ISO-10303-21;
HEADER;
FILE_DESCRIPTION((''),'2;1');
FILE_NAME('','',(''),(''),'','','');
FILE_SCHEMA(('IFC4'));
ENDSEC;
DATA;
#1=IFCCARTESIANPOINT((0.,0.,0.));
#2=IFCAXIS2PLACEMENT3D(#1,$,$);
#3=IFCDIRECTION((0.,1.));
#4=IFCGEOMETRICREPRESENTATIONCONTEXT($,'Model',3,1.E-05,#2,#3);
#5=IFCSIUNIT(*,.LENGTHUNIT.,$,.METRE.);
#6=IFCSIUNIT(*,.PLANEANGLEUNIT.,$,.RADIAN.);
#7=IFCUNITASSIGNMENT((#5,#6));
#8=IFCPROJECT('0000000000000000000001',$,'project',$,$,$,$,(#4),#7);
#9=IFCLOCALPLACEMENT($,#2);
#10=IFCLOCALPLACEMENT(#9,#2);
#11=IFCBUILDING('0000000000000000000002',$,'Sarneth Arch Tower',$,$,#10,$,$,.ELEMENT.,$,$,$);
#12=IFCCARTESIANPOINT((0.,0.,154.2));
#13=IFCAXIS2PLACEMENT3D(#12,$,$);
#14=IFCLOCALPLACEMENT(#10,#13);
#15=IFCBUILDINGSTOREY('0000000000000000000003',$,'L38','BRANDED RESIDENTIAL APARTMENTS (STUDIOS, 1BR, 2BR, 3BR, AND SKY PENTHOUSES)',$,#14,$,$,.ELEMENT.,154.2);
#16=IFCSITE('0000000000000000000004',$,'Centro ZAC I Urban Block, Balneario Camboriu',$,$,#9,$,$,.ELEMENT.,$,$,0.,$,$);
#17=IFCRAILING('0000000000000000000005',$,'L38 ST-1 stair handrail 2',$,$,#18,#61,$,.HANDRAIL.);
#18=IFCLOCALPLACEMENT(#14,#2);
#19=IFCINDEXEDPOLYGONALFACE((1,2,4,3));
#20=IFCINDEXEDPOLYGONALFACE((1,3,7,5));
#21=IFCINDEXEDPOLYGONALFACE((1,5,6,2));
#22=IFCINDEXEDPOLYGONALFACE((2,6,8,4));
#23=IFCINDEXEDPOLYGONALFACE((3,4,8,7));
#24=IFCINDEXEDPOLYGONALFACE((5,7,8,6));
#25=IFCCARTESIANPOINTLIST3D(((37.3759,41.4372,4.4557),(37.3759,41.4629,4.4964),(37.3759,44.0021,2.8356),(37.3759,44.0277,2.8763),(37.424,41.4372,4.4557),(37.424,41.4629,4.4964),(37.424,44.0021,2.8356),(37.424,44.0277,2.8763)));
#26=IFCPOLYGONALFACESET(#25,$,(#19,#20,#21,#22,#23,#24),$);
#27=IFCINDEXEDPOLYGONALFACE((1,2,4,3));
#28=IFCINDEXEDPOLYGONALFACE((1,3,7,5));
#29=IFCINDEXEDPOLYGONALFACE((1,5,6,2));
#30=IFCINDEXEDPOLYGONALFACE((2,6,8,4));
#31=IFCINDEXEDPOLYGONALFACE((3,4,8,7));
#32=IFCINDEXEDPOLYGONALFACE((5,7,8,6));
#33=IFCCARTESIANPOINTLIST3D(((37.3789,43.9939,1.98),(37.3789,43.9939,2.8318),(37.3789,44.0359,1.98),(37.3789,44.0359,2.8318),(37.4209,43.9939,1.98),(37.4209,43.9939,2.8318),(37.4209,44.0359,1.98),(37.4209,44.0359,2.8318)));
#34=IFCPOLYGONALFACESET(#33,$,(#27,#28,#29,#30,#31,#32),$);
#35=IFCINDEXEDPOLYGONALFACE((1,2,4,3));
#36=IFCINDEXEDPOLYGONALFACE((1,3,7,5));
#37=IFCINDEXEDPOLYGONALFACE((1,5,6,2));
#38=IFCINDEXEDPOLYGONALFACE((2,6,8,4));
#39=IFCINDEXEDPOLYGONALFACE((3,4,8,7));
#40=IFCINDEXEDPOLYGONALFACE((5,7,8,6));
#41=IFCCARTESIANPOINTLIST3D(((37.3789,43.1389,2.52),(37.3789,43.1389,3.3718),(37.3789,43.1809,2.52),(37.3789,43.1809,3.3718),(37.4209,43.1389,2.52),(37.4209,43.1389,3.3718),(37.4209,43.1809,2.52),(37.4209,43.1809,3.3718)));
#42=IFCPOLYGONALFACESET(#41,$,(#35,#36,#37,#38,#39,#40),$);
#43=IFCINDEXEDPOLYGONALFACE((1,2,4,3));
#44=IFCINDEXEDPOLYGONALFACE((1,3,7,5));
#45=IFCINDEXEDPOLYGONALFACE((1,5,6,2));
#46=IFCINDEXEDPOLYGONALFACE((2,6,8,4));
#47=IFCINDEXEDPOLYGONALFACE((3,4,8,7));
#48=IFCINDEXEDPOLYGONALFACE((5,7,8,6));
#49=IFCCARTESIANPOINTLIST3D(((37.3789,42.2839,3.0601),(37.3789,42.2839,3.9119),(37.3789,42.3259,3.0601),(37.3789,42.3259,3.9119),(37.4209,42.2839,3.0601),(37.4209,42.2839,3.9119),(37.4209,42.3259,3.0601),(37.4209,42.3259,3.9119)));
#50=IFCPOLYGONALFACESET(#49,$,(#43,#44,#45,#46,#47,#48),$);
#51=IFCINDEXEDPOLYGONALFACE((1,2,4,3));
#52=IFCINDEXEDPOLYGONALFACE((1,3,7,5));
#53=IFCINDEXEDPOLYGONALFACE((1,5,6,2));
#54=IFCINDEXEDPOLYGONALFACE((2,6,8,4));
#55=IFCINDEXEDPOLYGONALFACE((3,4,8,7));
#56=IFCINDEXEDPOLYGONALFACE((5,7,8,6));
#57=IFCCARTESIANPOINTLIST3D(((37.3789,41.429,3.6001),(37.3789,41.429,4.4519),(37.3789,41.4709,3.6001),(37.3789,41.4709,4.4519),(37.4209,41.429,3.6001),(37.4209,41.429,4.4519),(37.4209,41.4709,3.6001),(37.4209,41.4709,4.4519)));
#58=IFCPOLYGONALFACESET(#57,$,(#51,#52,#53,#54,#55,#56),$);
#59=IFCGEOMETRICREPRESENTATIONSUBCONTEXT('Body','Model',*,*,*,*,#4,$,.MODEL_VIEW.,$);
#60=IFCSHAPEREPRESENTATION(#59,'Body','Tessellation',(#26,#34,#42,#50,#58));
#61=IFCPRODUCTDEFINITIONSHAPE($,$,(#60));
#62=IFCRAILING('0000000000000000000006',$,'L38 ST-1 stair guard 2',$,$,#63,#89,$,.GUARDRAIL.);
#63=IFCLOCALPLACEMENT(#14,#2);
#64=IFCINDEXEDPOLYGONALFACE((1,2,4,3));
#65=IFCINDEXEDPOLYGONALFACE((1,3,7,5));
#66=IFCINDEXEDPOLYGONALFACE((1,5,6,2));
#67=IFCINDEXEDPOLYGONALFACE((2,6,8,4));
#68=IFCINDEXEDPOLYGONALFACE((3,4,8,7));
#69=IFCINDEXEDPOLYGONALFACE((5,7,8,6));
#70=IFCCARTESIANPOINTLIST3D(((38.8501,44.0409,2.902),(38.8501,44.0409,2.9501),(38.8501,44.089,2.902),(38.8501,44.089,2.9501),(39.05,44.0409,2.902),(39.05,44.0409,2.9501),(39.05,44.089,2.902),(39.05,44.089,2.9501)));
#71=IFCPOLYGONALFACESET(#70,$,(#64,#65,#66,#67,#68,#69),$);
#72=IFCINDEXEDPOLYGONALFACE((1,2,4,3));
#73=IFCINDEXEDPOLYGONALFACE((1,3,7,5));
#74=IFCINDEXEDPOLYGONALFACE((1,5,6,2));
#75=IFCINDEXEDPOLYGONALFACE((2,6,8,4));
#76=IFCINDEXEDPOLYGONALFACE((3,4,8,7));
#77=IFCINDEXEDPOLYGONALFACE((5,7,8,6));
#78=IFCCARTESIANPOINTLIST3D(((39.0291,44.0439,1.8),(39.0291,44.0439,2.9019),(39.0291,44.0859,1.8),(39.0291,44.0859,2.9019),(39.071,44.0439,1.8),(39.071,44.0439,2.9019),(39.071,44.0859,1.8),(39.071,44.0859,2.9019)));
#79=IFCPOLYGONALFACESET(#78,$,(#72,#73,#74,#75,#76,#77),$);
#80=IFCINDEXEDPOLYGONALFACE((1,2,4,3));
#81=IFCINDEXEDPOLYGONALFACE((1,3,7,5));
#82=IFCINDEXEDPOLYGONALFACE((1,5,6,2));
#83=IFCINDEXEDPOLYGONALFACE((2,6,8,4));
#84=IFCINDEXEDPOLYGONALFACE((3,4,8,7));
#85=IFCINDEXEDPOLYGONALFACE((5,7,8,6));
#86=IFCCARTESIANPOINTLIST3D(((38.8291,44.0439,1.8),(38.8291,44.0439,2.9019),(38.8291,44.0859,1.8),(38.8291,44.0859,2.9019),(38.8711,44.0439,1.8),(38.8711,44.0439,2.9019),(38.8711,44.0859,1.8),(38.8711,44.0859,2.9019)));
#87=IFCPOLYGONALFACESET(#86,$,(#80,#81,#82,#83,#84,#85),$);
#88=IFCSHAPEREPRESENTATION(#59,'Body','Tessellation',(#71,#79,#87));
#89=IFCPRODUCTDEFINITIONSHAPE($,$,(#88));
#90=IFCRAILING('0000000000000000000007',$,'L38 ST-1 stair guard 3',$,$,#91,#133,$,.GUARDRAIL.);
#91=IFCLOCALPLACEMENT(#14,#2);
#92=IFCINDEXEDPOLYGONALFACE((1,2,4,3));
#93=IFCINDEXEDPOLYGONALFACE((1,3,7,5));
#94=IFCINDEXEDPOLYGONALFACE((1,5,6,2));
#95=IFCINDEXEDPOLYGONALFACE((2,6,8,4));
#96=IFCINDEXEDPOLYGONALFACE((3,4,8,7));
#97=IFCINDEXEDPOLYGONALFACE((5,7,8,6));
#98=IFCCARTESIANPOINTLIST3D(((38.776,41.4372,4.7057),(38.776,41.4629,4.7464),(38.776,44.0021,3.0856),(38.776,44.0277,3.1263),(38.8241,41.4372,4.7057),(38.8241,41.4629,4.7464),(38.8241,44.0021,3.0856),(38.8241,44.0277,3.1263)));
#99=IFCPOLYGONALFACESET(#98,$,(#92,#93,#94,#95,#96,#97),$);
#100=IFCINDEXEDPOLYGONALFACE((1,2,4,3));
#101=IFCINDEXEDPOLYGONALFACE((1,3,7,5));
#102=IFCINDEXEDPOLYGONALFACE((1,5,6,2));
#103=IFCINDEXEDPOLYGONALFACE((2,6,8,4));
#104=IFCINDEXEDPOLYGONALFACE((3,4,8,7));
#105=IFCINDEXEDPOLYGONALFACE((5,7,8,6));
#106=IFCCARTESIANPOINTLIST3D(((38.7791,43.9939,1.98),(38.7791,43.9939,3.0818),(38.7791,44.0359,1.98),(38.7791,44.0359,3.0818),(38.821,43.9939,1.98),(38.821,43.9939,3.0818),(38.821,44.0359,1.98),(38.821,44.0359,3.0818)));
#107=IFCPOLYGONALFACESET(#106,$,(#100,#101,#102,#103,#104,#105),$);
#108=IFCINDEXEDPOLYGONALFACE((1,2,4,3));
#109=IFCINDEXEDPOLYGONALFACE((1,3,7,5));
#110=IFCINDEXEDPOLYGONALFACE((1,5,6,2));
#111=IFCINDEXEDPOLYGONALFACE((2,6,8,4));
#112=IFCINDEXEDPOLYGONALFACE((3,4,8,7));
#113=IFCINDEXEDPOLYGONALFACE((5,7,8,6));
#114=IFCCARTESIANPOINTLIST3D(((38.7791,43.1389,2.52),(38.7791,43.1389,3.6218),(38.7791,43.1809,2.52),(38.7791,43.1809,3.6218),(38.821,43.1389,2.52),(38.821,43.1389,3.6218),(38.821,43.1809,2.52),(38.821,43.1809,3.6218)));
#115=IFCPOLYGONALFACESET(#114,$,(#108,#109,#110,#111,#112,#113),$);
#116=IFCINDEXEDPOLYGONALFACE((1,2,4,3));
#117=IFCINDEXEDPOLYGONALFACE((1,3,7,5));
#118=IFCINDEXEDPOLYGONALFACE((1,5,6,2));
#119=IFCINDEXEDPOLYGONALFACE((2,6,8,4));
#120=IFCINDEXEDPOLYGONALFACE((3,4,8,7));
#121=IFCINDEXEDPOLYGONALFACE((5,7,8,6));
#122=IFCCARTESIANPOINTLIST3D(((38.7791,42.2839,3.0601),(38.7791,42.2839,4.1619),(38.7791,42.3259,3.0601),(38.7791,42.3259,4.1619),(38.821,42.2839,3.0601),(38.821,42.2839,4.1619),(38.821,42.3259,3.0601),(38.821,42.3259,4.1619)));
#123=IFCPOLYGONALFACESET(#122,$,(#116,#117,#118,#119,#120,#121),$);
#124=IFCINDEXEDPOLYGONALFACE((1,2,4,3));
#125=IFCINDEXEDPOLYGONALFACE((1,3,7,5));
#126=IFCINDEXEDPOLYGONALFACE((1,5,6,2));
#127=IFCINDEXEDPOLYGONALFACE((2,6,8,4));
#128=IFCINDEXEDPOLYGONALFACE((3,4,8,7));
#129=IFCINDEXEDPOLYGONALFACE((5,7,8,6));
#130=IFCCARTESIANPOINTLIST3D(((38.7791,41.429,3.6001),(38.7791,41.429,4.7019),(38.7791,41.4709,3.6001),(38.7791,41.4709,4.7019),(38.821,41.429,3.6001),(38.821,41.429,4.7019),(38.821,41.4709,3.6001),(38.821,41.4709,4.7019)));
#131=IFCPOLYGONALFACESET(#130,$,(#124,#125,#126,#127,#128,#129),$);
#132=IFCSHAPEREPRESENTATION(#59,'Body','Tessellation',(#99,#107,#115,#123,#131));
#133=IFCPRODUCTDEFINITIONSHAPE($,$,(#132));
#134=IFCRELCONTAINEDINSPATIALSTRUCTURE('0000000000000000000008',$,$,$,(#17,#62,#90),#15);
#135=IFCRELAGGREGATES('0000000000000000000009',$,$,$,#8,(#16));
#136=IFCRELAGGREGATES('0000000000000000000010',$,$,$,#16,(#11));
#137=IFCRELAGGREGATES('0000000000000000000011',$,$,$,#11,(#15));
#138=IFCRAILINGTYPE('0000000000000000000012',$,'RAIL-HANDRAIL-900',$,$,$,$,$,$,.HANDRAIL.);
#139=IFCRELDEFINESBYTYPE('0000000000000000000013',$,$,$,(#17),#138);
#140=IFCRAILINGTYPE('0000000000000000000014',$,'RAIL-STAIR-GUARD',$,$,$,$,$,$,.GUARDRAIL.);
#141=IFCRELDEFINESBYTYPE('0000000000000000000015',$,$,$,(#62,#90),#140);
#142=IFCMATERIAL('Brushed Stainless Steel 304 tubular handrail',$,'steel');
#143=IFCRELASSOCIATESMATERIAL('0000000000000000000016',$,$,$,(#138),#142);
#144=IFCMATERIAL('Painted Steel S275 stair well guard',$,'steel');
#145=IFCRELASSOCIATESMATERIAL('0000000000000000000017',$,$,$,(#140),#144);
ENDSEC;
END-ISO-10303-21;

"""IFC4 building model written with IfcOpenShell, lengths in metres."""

from ifc_helpers import new_model, si_unit, direction, frame, origin, origin_2d, place, context, subcontext, project, spatial, rectangle, extrude, material, type_object, element, save


model = new_model("IFC4")

# Units and contexts
model_context = context("Model", 3, precision=1e-05, world=origin(), true_north=direction((0.0, 1.0)))
body_context = subcontext(model_context, "Body", "Model", "MODEL_VIEW")
ifc_project = project(units=[si_unit("LENGTHUNIT", "METRE"), si_unit("PLANEANGLEUNIT", "RADIAN")], contexts=[model_context])

# Site, building, storey
site_placement = place(None, origin())
site = spatial("IfcSite", under=ifc_project, at=site_placement, Name="Centro ZAC I Urban Block, Balneario Camboriu", CompositionType="ELEMENT", RefElevation=0.0)
building_placement = place(site_placement, origin())
building = spatial("IfcBuilding", under=site, at=building_placement, Name="Sarneth Arch Tower", CompositionType="ELEMENT")
storey_placement = place(building_placement, frame((0.0, 0.0, 154.2)))
storey = spatial("IfcBuildingStorey", under=building, at=storey_placement, Name="L38", Description="BRANDED RESIDENTIAL APARTMENTS (STUDIOS, 1BR, 2BR, 3BR, AND SKY PENTHOUSES)", CompositionType="ELEMENT", Elevation=154.2)

# Railings
ifc_material_1 = material(Name="Brushed Stainless Steel 304 tubular handrail", Category="steel")
railing_type_1 = type_object("IfcRailingType", Name="RAIL-HANDRAIL-900", PredefinedType="HANDRAIL", material=ifc_material_1)
railing_1_placement = place(storey_placement, frame((37.3999, 44.0149, 1.98)))
element("IfcRailing", 1, at=railing_1_placement, inside=storey, type_object=railing_type_1, Name="L38 ST-1 stair handrail 2", PredefinedType="HANDRAIL", context=body_context, shape_type="SweptSolid", body=[
    extrude(rectangle(XDim=0.0481, YDim=0.0481, at=origin_2d()), frame((0.0, 0.0, 0.876), z_axis=(0.0, -0.845466, 0.534029), x_axis=(1.0, 0.0, 0.0)), (0.0, 0.0, 1.0), 3.0337),
    extrude(rectangle(XDim=0.042, YDim=0.042, at=origin_2d()), origin(), (0.0, 0.0, 1.0), 0.8518),
    extrude(rectangle(XDim=0.042, YDim=0.042, at=origin_2d()), frame((0.0, -0.855, 0.54)), (0.0, 0.0, 1.0), 0.8518),
    extrude(rectangle(XDim=0.042, YDim=0.042, at=origin_2d()), frame((0.0, -1.71, 1.0801)), (0.0, 0.0, 1.0), 0.8518),
    extrude(rectangle(XDim=0.042, YDim=0.042, at=origin_2d()), frame((0.0, -2.5649, 1.6201)), (0.0, 0.0, 1.0), 0.8518),
])
ifc_material_2 = material(Name="Painted Steel S275 stair well guard", Category="steel")
railing_type_2 = type_object("IfcRailingType", Name="RAIL-STAIR-GUARD", PredefinedType="GUARDRAIL", material=ifc_material_2)
railing_2_placement = place(storey_placement, frame((39.05, 44.0649, 1.8)))
element("IfcRailing", 2, at=railing_2_placement, inside=storey, type_object=railing_type_2, Name="L38 ST-1 stair guard 2", PredefinedType="GUARDRAIL", context=body_context, shape_type="SweptSolid", body=[
    extrude(rectangle(XDim=0.0481, YDim=0.0481, at=origin_2d()), frame((0.0, 0.0, 1.126), z_axis=(-1.0, 0.0, 0.0), x_axis=(0.0, -1.0, 0.0)), (0.0, 0.0, 1.0), 0.2),
    extrude(rectangle(XDim=0.042, YDim=0.042, at=origin_2d()), origin(), (0.0, 0.0, 1.0), 1.1018),
    extrude(rectangle(XDim=0.042, YDim=0.042, at=origin_2d()), frame((-0.2, 0.0, 0.0)), (0.0, 0.0, 1.0), 1.1018),
])
railing_3_placement = place(storey_placement, frame((38.8, 44.0149, 1.98)))
element("IfcRailing", 3, at=railing_3_placement, inside=storey, type_object=railing_type_2, Name="L38 ST-1 stair guard 3", PredefinedType="GUARDRAIL", context=body_context, shape_type="SweptSolid", body=[
    extrude(rectangle(XDim=0.0481, YDim=0.0481, at=origin_2d()), frame((0.0, 0.0, 1.126), z_axis=(0.0, -0.845466, 0.534029), x_axis=(1.0, 0.0, 0.0)), (0.0, 0.0, 1.0), 3.0337),
    extrude(rectangle(XDim=0.042, YDim=0.042, at=origin_2d()), origin(), (0.0, 0.0, 1.0), 1.1018),
    extrude(rectangle(XDim=0.042, YDim=0.042, at=origin_2d()), frame((0.0, -0.855, 0.54)), (0.0, 0.0, 1.0), 1.1018),
    extrude(rectangle(XDim=0.042, YDim=0.042, at=origin_2d()), frame((0.0, -1.71, 1.0801)), (0.0, 0.0, 1.0), 1.1018),
    extrude(rectangle(XDim=0.042, YDim=0.042, at=origin_2d()), frame((0.0, -2.5649, 1.6201)), (0.0, 0.0, 1.0), 1.1018),
])

save(model, "model.ifc")
